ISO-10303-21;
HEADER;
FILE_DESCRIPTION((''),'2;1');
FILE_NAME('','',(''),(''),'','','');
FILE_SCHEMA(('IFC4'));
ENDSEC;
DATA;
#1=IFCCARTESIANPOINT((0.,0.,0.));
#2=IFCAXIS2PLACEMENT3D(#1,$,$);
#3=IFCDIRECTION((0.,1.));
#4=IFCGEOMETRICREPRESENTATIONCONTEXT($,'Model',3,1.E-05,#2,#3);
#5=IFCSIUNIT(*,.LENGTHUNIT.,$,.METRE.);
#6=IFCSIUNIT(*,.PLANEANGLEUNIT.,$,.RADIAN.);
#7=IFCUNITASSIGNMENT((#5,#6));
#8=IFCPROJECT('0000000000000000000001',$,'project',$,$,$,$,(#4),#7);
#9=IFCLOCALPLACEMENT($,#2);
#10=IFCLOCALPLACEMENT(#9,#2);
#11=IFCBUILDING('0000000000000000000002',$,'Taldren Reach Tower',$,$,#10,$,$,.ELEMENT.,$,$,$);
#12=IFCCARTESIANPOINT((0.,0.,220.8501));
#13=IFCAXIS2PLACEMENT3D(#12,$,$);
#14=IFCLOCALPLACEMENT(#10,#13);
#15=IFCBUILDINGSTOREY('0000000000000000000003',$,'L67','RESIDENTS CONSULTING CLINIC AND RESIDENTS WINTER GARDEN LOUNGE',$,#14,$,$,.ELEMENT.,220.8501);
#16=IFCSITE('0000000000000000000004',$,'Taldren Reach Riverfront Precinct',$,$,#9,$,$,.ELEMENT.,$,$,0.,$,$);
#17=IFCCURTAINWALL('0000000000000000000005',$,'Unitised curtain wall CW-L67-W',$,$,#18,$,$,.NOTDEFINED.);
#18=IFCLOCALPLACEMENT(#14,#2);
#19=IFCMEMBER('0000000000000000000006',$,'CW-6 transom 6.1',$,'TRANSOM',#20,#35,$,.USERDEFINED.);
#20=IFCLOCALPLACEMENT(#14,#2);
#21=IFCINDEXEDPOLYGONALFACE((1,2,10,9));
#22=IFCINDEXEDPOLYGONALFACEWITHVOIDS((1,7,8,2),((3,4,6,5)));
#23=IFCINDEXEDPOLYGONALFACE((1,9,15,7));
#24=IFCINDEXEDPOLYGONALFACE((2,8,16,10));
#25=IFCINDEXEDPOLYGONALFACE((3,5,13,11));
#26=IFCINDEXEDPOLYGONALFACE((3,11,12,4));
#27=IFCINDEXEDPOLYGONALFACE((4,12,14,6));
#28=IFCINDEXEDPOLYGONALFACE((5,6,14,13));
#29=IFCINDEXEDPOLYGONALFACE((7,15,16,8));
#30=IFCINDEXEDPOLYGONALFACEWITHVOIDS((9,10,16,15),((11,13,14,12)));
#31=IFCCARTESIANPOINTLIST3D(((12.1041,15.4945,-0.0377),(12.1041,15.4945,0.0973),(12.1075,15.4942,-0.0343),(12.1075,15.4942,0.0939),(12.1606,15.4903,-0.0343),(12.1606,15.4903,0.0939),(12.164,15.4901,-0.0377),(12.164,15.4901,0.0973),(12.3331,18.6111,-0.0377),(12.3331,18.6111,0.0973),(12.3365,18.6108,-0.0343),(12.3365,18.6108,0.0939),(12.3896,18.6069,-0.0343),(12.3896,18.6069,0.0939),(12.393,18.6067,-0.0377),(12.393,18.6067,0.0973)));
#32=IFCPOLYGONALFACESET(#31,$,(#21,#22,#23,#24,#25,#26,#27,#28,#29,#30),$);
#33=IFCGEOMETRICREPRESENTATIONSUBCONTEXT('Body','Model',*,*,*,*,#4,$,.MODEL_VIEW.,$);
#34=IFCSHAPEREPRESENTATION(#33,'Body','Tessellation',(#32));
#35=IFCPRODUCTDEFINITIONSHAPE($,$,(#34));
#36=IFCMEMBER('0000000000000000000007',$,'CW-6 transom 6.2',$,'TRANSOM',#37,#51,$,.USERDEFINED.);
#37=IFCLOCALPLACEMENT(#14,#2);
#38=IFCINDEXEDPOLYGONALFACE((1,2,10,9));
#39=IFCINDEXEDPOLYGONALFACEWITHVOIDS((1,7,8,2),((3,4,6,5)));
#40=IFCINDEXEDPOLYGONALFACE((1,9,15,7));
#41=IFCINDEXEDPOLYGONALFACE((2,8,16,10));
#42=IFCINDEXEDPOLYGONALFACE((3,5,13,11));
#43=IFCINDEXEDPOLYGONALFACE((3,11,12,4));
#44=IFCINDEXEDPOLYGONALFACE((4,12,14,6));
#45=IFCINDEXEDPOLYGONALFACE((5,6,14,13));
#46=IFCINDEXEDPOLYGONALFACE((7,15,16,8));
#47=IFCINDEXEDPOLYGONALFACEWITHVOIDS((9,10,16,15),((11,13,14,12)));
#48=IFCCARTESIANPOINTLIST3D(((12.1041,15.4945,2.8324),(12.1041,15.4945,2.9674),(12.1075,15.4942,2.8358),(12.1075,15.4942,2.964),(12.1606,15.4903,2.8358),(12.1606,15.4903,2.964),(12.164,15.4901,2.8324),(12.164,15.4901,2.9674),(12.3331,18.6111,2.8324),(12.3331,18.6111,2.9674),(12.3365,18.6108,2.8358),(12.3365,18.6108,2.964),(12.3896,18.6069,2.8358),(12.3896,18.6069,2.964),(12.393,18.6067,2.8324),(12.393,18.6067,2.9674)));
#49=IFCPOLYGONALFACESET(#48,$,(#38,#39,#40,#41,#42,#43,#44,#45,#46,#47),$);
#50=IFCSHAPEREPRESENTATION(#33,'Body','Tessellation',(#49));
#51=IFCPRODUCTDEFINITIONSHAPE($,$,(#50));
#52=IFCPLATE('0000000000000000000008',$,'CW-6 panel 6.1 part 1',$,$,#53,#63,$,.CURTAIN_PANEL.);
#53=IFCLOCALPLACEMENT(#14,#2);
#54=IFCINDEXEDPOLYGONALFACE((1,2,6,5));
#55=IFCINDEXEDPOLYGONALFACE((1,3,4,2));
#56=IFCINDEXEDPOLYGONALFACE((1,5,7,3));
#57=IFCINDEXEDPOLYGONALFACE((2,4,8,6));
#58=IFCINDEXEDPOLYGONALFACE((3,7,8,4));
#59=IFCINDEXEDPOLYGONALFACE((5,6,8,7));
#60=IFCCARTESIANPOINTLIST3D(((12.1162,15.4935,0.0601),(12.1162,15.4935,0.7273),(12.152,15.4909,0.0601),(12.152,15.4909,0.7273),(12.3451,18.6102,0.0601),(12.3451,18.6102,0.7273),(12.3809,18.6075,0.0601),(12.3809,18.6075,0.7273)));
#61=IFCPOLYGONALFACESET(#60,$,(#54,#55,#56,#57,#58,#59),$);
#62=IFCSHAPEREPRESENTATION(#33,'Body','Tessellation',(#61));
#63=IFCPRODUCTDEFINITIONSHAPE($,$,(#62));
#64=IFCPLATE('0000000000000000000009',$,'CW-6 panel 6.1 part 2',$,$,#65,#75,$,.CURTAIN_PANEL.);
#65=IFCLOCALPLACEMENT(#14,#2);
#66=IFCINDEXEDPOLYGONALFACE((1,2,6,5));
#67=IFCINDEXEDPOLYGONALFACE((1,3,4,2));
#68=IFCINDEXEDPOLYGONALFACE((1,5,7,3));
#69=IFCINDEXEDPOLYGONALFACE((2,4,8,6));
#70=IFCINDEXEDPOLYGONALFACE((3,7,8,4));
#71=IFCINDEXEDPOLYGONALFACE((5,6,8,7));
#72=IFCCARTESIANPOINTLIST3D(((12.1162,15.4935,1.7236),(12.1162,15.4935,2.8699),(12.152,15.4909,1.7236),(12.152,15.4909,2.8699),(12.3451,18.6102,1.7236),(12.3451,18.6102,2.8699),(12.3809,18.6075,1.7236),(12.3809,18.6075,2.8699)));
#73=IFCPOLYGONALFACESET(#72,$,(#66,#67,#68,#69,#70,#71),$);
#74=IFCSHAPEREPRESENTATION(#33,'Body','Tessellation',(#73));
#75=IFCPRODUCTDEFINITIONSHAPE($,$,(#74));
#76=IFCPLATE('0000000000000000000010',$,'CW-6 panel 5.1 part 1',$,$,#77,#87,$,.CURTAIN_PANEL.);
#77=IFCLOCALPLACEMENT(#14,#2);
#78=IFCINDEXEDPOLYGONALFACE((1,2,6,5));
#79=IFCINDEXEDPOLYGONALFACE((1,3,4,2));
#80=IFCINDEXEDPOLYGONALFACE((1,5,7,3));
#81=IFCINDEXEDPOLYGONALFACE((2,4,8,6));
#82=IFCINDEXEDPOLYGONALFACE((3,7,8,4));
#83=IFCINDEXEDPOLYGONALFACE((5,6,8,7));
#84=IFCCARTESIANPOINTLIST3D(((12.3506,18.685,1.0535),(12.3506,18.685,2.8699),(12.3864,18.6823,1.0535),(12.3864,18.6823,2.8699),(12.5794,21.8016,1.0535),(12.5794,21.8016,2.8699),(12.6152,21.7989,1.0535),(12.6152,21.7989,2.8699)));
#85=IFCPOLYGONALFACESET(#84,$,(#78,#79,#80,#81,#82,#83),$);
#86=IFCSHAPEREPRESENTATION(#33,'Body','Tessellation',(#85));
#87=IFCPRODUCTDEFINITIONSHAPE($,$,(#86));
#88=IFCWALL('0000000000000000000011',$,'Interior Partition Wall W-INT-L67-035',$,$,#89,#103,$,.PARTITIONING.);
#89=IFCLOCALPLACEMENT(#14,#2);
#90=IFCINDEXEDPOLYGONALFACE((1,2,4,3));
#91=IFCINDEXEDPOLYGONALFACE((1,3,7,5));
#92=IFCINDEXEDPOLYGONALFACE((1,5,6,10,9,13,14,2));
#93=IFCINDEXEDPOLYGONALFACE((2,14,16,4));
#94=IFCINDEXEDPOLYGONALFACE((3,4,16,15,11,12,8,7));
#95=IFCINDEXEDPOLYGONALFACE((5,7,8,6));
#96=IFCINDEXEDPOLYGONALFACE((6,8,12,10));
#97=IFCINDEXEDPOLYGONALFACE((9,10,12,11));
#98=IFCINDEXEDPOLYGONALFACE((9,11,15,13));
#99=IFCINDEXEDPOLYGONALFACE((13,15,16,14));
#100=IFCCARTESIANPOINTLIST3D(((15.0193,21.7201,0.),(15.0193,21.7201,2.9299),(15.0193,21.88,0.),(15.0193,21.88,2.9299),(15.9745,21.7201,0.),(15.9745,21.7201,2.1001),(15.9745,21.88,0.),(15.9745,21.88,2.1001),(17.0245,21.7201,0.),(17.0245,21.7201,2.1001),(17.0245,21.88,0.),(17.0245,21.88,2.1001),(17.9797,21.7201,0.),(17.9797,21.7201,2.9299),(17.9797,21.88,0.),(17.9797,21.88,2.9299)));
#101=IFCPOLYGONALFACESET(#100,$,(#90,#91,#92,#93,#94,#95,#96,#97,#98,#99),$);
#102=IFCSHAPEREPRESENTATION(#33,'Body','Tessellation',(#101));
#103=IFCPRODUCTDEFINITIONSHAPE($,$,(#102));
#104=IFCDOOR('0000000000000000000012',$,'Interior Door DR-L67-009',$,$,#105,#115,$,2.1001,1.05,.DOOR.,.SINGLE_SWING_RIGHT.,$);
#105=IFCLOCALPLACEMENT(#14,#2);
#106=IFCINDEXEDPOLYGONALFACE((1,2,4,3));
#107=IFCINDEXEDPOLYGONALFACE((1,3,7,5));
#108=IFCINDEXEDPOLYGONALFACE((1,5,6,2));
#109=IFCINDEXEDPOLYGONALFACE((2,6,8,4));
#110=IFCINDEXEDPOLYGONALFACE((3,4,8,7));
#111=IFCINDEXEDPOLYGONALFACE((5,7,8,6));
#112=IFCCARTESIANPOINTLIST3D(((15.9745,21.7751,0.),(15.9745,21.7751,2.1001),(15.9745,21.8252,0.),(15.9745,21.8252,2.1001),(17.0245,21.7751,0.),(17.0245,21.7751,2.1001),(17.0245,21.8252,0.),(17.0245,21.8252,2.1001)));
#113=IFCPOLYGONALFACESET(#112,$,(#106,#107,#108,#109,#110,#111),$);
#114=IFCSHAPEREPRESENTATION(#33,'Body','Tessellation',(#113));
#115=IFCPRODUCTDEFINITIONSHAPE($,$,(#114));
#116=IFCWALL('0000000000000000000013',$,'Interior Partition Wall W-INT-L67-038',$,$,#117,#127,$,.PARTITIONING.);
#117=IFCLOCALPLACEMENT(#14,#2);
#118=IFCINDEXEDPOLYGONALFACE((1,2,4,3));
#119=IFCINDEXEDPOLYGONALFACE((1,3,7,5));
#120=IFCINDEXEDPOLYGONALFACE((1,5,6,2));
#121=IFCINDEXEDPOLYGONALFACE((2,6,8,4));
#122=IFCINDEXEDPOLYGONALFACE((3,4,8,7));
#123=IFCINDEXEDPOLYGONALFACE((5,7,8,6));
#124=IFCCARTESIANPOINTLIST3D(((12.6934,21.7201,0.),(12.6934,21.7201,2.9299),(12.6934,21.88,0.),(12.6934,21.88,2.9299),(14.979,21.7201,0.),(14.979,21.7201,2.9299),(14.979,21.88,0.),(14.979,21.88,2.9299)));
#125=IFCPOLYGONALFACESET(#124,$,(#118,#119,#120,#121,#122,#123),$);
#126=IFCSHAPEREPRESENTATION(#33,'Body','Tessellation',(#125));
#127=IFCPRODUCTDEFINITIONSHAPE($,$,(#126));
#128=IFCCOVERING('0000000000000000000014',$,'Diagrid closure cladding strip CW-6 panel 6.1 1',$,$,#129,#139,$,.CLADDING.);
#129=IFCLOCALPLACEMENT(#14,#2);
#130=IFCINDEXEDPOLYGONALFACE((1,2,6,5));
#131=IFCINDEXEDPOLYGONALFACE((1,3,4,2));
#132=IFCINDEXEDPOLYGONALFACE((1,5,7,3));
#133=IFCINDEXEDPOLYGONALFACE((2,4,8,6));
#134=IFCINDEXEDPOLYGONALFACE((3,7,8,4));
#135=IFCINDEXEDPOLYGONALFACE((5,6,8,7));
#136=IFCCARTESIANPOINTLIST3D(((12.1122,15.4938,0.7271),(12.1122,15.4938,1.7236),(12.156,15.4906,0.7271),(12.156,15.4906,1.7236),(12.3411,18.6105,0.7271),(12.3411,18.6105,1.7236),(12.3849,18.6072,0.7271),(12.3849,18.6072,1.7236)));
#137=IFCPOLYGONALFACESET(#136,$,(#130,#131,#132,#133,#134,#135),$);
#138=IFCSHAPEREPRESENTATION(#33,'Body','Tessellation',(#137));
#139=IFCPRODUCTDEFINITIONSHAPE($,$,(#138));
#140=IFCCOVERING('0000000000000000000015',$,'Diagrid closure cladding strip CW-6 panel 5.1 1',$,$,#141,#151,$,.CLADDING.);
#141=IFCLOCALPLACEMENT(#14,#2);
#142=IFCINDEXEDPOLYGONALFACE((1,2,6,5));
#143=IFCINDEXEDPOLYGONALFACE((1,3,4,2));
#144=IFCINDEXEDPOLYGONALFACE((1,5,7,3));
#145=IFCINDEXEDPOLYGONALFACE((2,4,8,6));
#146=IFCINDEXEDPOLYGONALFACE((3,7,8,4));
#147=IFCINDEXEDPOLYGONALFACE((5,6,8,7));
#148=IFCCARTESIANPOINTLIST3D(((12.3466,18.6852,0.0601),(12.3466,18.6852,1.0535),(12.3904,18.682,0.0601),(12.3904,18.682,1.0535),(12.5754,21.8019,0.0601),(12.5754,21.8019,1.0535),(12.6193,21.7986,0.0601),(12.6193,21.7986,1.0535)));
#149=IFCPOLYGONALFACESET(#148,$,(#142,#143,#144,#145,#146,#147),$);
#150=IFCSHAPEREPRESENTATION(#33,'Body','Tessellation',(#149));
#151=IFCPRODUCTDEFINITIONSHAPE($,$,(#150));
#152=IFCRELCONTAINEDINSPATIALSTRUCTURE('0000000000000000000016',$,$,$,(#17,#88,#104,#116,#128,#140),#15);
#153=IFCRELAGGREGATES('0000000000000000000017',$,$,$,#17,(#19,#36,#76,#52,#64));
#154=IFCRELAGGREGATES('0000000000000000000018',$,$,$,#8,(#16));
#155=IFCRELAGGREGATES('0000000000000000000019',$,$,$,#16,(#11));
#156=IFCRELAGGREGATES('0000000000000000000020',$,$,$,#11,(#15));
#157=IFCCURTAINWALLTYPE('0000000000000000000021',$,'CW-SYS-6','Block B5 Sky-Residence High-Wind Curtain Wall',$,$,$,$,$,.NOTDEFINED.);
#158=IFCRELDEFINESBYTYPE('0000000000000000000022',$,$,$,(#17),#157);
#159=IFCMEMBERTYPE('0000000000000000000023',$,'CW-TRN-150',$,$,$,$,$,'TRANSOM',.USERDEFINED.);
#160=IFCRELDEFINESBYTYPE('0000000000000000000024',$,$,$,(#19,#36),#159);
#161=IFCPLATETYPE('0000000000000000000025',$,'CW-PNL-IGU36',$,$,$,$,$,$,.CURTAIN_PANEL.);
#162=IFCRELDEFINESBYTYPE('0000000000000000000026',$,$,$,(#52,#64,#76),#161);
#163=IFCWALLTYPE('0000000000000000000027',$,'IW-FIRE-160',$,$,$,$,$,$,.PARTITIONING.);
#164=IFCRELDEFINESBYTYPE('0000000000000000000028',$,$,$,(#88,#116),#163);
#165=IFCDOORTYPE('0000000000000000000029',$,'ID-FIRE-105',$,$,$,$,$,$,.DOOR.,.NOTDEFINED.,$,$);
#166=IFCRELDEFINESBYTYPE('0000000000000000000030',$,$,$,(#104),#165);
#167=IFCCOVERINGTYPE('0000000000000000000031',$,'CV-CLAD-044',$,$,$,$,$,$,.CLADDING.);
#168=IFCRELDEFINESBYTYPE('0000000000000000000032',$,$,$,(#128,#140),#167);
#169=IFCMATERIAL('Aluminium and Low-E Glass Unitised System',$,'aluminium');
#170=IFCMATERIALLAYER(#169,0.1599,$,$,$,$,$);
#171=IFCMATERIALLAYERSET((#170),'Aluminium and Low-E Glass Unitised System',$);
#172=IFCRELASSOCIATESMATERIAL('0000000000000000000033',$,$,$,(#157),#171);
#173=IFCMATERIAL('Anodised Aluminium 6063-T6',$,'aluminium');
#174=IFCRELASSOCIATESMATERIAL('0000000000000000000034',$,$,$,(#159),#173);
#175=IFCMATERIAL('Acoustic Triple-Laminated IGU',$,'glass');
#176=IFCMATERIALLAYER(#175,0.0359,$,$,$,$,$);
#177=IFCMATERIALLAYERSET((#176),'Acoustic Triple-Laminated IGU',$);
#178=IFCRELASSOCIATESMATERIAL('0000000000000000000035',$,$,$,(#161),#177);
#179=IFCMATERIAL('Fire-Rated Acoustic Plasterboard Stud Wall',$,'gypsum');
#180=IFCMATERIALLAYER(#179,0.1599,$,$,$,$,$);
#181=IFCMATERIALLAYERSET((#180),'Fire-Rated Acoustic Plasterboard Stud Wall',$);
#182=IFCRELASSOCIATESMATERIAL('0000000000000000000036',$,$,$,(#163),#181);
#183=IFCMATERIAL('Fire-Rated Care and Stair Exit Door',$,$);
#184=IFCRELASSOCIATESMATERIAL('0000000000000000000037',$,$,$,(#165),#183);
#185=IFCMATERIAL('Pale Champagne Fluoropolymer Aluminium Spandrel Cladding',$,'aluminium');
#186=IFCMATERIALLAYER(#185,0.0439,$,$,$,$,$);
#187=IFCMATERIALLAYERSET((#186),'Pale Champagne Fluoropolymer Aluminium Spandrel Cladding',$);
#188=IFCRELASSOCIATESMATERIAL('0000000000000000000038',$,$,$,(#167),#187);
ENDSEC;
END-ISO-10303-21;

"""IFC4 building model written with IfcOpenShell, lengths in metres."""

from ifc_helpers import new_model, si_unit, direction, frame, frame_2d, origin, origin_2d, place, context, subcontext, project, spatial, rectangle, hollow_rectangle, extrude, source, transform, mapped, material, layer, layer_set, material_profile, profile_set, type_object, element, fill, aggregate, save


model = new_model("IFC4")

# Units and contexts
model_context = context("Model", 3, precision=1e-05, world=origin(), true_north=direction((0.0, 1.0)))
body_context = subcontext(model_context, "Body", "Model", "MODEL_VIEW")
ifc_project = project(units=[si_unit("LENGTHUNIT", "METRE"), si_unit("PLANEANGLEUNIT", "RADIAN")], contexts=[model_context])

# Site, building, storey
site_placement = place(None, origin())
site = spatial("IfcSite", under=ifc_project, at=site_placement, Name="Taldren Reach Riverfront Precinct", CompositionType="ELEMENT", RefElevation=0.0)
building_placement = place(site_placement, origin())
building = spatial("IfcBuilding", under=site, at=building_placement, Name="Taldren Reach Tower", CompositionType="ELEMENT")
storey_placement = place(building_placement, frame((0.0, 0.0, 220.8501)))
storey = spatial("IfcBuildingStorey", under=building, at=storey_placement, Name="L67", Description="RESIDENTS CONSULTING CLINIC AND RESIDENTS WINTER GARDEN LOUNGE", CompositionType="ELEMENT", Elevation=220.8501)

# Curtain wall, members, plates
ifc_material_1 = material(Name="Aluminium and Low-E Glass Unitised System", Category="aluminium")
ifc_layer_1 = layer(ifc_material_1, 0.1599)
ifc_layer_set_1 = layer_set([ifc_layer_1], Name="Aluminium and Low-E Glass Unitised System")
curtain_wall_type = type_object("IfcCurtainWallType", Name="CW-SYS-6", Description="Block B5 Sky-Residence High-Wind Curtain Wall", PredefinedType="NOTDEFINED", material=ifc_layer_set_1)
curtain_wall_placement = place(storey_placement, origin())
curtain_wall = element("IfcCurtainWall", 1, at=curtain_wall_placement, inside=storey, type_object=curtain_wall_type, Name="Unitised curtain wall CW-L67-W", PredefinedType="NOTDEFINED")
ifc_material_2 = material(Name="Anodised Aluminium 6063-T6", Category="aluminium")
ifc_material_profile_1 = material_profile(ifc_material_2, hollow_rectangle(XDim=0.0601, YDim=0.135, WallThickness=0.0034, at=origin_2d()), Name="ALU-135x60x3.5RHS")
ifc_profile_set_1 = profile_set([ifc_material_profile_1], Name="Anodised Aluminium 6063-T6")
member_type_1 = type_object("IfcMemberType", Name="CW-TRN-150", ElementType="TRANSOM", PredefinedType="USERDEFINED", material=ifc_profile_set_1)
shared_shape_1 = source(origin(), body_context, "Body", "SweptSolid", [
    extrude(hollow_rectangle(XDim=0.0601, YDim=0.135, WallThickness=0.0034, at=origin_2d()), origin(), (0.0, 0.0, 1.0), 3.125),
])
member_1_placement = place(storey_placement, frame((12.363, 18.6089, 0.0298), z_axis=(-0.073279, -0.997311, 0.0), x_axis=(0.997311, -0.073279, 0.0)))
member_1 = element("IfcMember", 2, at=member_1_placement, type_object=member_type_1, Name="CW-6 transom 6.1", ObjectType="TRANSOM", PredefinedType="USERDEFINED", context=body_context, shape_type="MappedRepresentation", body=[
    mapped(shared_shape_1, transform((0.0, 0.0, 0.0), scale=1.0)),
])
member_2_placement = place(storey_placement, frame((12.363, 18.6089, 2.8999), z_axis=(-0.073279, -0.997311, 0.0), x_axis=(0.997311, -0.073279, 0.0)))
member_2 = element("IfcMember", 3, at=member_2_placement, type_object=member_type_1, Name="CW-6 transom 6.2", ObjectType="TRANSOM", PredefinedType="USERDEFINED", context=body_context, shape_type="MappedRepresentation", body=[
    mapped(shared_shape_1, transform((0.0, 0.0, 0.0), scale=1.0)),
])
ifc_material_3 = material(Name="Acoustic Triple-Laminated IGU", Category="glass")
ifc_layer_2 = layer(ifc_material_3, 0.0359)
ifc_layer_set_2 = layer_set([ifc_layer_2], Name="Acoustic Triple-Laminated IGU")
plate_type = type_object("IfcPlateType", Name="CW-PNL-IGU36", PredefinedType="CURTAIN_PANEL", material=ifc_layer_set_2)
shared_shape_2 = source(origin(), body_context, "Body", "SweptSolid", [
    extrude(rectangle(XDim=3.125, YDim=0.0359, at=origin_2d()), origin(), (0.0, 0.0, 1.0), 0.6672),
])
plate_1_placement = place(storey_placement, frame((12.2485, 17.0505, 0.0601), z_axis=(0.0, 0.0, 1.0), x_axis=(-0.073238, -0.997314, 0.0)))
plate_1 = element("IfcPlate", 4, at=plate_1_placement, type_object=plate_type, Name="CW-6 panel 6.1 part 1", PredefinedType="CURTAIN_PANEL", context=body_context, shape_type="MappedRepresentation", body=[
    mapped(shared_shape_2, transform((0.0, 0.0, 0.0), scale=1.0)),
])
shared_shape_3 = source(origin(), body_context, "Body", "SweptSolid", [
    extrude(rectangle(XDim=3.125, YDim=0.0359, at=origin_2d()), origin(), (0.0, 0.0, 1.0), 1.1462),
])
plate_2_placement = place(storey_placement, frame((12.2485, 17.0505, 1.7236), z_axis=(0.0, 0.0, 1.0), x_axis=(-0.073238, -0.997314, 0.0)))
plate_2 = element("IfcPlate", 5, at=plate_2_placement, type_object=plate_type, Name="CW-6 panel 6.1 part 2", PredefinedType="CURTAIN_PANEL", context=body_context, shape_type="MappedRepresentation", body=[
    mapped(shared_shape_3, transform((0.0, 0.0, 0.0), scale=1.0)),
])
shared_shape_4 = source(origin(), body_context, "Body", "SweptSolid", [
    extrude(rectangle(XDim=3.125, YDim=0.0359, at=origin_2d()), origin(), (0.0, 0.0, 1.0), 1.8164),
])
plate_3_placement = place(storey_placement, frame((12.4829, 20.2419, 1.0535), z_axis=(0.0, 0.0, 1.0), x_axis=(-0.073238, -0.997314, 0.0)))
plate_3 = element("IfcPlate", 6, at=plate_3_placement, type_object=plate_type, Name="CW-6 panel 5.1 part 1", PredefinedType="CURTAIN_PANEL", context=body_context, shape_type="MappedRepresentation", body=[
    mapped(shared_shape_4, transform((0.0, 0.0, 0.0), scale=1.0)),
])
aggregate(curtain_wall, [member_1, member_2, plate_3, plate_1, plate_2])

# Wall, opening, door
ifc_material_4 = material(Name="Fire-Rated Acoustic Plasterboard Stud Wall", Category="gypsum")
ifc_layer_3 = layer(ifc_material_4, 0.1599)
ifc_layer_set_3 = layer_set([ifc_layer_3], Name="Fire-Rated Acoustic Plasterboard Stud Wall")
wall_type = type_object("IfcWallType", Name="IW-FIRE-160", PredefinedType="PARTITIONING", material=ifc_layer_set_3)
shared_shape_5 = source(origin(), body_context, "Body", "SweptSolid", [
    extrude(rectangle(XDim=2.9604, YDim=0.1599, at=frame_2d((1.4802, 0.0))), origin(), (0.0, 0.0, 1.0), 2.9299),
])
wall_1_placement = place(storey_placement, frame((17.9797, 21.8, 0.0), z_axis=(0.0, 0.0, 1.0), x_axis=(-1.0, 0.0, 0.0)))
wall_1 = element("IfcWall", 7, at=wall_1_placement, inside=storey, type_object=wall_type, Name="Interior Partition Wall W-INT-L67-035", PredefinedType="PARTITIONING", context=body_context, shape_type="MappedRepresentation", body=[
    mapped(shared_shape_5, transform((0.0, 0.0, 0.0), scale=1.0)),
])
shared_shape_6 = source(origin(), body_context, "Body", "SweptSolid", [
    extrude(rectangle(XDim=1.05, YDim=2.1001, at=frame_2d((0.5249, 1.05))), frame((0.0, 0.0898, 0.0), z_axis=(0.0, -1.0, 0.0), x_axis=(1.0, 0.0, 0.0)), (0.0, 0.0, 1.0), 0.1799),
])
opening_placement = place(wall_1_placement, frame((0.9553, 0.0, 0.0)))
opening = element("IfcOpeningElement", 8, at=opening_placement, cuts=wall_1, PredefinedType="OPENING", context=body_context, shape_type="MappedRepresentation", body=[
    mapped(shared_shape_6, transform((0.0, 0.0, 0.0), scale=1.0)),
])
ifc_material_5 = material(Name="Fire-Rated Care and Stair Exit Door")
door_type = type_object("IfcDoorType", Name="ID-FIRE-105", OperationType="NOTDEFINED", PredefinedType="DOOR", material=ifc_material_5)
shared_shape_7 = source(origin(), body_context, "Body", "SweptSolid", [
    extrude(rectangle(XDim=1.05, YDim=2.1001, at=frame_2d((0.5249, 1.05))), frame((0.0, 0.0249, 0.0), z_axis=(0.0, -1.0, 0.0), x_axis=(1.0, 0.0, 0.0)), (0.0, 0.0, 1.0), 0.05),
])
door_placement = place(opening_placement, origin())
door = element("IfcDoor", 9, at=door_placement, inside=storey, type_object=door_type, Name="Interior Door DR-L67-009", OperationType="SINGLE_SWING_RIGHT", OverallHeight=2.1001, OverallWidth=1.05, PredefinedType="DOOR", context=body_context, shape_type="MappedRepresentation", body=[
    mapped(shared_shape_7, transform((0.0, 0.0, 0.0), scale=1.0)),
])
fill(opening, door)

# Wall
shared_shape_8 = source(origin(), body_context, "Body", "SweptSolid", [
    extrude(rectangle(XDim=2.2856, YDim=0.1599, at=frame_2d((1.1428, 0.0))), origin(), (0.0, 0.0, 1.0), 2.9299),
])
wall_2_placement = place(storey_placement, frame((14.979, 21.8, 0.0), z_axis=(0.0, 0.0, 1.0), x_axis=(-1.0, 0.0, 0.0)))
element("IfcWall", 10, at=wall_2_placement, inside=storey, type_object=wall_type, Name="Interior Partition Wall W-INT-L67-038", PredefinedType="PARTITIONING", context=body_context, shape_type="MappedRepresentation", body=[
    mapped(shared_shape_8, transform((0.0, 0.0, 0.0), scale=1.0)),
])

# Coverings
ifc_material_6 = material(Name="Pale Champagne Fluoropolymer Aluminium Spandrel Cladding", Category="aluminium")
ifc_layer_4 = layer(ifc_material_6, 0.0439)
ifc_layer_set_4 = layer_set([ifc_layer_4], Name="Pale Champagne Fluoropolymer Aluminium Spandrel Cladding")
covering_type = type_object("IfcCoveringType", Name="CV-CLAD-044", PredefinedType="CLADDING", material=ifc_layer_set_4)
shared_shape_9 = source(origin(), body_context, "Body", "SweptSolid", [
    extrude(rectangle(XDim=3.125, YDim=0.0439, at=origin_2d()), origin(), (0.0, 0.0, 1.0), 0.9966),
])
covering_1_placement = place(storey_placement, frame((12.2485, 17.0505, 0.7271), z_axis=(0.0, 0.0, 1.0), x_axis=(-0.073238, -0.997314, 0.0)))
element("IfcCovering", 11, at=covering_1_placement, inside=storey, type_object=covering_type, Name="Diagrid closure cladding strip CW-6 panel 6.1 1", PredefinedType="CLADDING", context=body_context, shape_type="MappedRepresentation", body=[
    mapped(shared_shape_9, transform((0.0, 0.0, 0.0), scale=1.0)),
])
shared_shape_10 = source(origin(), body_context, "Body", "SweptSolid", [
    extrude(rectangle(XDim=3.125, YDim=0.0439, at=origin_2d()), origin(), (0.0, 0.0, 1.0), 0.9934),
])
covering_2_placement = place(storey_placement, frame((12.4829, 20.2419, 0.0601), z_axis=(0.0, 0.0, 1.0), x_axis=(-0.073238, -0.997314, 0.0)))
element("IfcCovering", 12, at=covering_2_placement, inside=storey, type_object=covering_type, Name="Diagrid closure cladding strip CW-6 panel 5.1 1", PredefinedType="CLADDING", context=body_context, shape_type="MappedRepresentation", body=[
    mapped(shared_shape_10, transform((0.0, 0.0, 0.0), scale=1.0)),
])

save(model, "model.ifc")
